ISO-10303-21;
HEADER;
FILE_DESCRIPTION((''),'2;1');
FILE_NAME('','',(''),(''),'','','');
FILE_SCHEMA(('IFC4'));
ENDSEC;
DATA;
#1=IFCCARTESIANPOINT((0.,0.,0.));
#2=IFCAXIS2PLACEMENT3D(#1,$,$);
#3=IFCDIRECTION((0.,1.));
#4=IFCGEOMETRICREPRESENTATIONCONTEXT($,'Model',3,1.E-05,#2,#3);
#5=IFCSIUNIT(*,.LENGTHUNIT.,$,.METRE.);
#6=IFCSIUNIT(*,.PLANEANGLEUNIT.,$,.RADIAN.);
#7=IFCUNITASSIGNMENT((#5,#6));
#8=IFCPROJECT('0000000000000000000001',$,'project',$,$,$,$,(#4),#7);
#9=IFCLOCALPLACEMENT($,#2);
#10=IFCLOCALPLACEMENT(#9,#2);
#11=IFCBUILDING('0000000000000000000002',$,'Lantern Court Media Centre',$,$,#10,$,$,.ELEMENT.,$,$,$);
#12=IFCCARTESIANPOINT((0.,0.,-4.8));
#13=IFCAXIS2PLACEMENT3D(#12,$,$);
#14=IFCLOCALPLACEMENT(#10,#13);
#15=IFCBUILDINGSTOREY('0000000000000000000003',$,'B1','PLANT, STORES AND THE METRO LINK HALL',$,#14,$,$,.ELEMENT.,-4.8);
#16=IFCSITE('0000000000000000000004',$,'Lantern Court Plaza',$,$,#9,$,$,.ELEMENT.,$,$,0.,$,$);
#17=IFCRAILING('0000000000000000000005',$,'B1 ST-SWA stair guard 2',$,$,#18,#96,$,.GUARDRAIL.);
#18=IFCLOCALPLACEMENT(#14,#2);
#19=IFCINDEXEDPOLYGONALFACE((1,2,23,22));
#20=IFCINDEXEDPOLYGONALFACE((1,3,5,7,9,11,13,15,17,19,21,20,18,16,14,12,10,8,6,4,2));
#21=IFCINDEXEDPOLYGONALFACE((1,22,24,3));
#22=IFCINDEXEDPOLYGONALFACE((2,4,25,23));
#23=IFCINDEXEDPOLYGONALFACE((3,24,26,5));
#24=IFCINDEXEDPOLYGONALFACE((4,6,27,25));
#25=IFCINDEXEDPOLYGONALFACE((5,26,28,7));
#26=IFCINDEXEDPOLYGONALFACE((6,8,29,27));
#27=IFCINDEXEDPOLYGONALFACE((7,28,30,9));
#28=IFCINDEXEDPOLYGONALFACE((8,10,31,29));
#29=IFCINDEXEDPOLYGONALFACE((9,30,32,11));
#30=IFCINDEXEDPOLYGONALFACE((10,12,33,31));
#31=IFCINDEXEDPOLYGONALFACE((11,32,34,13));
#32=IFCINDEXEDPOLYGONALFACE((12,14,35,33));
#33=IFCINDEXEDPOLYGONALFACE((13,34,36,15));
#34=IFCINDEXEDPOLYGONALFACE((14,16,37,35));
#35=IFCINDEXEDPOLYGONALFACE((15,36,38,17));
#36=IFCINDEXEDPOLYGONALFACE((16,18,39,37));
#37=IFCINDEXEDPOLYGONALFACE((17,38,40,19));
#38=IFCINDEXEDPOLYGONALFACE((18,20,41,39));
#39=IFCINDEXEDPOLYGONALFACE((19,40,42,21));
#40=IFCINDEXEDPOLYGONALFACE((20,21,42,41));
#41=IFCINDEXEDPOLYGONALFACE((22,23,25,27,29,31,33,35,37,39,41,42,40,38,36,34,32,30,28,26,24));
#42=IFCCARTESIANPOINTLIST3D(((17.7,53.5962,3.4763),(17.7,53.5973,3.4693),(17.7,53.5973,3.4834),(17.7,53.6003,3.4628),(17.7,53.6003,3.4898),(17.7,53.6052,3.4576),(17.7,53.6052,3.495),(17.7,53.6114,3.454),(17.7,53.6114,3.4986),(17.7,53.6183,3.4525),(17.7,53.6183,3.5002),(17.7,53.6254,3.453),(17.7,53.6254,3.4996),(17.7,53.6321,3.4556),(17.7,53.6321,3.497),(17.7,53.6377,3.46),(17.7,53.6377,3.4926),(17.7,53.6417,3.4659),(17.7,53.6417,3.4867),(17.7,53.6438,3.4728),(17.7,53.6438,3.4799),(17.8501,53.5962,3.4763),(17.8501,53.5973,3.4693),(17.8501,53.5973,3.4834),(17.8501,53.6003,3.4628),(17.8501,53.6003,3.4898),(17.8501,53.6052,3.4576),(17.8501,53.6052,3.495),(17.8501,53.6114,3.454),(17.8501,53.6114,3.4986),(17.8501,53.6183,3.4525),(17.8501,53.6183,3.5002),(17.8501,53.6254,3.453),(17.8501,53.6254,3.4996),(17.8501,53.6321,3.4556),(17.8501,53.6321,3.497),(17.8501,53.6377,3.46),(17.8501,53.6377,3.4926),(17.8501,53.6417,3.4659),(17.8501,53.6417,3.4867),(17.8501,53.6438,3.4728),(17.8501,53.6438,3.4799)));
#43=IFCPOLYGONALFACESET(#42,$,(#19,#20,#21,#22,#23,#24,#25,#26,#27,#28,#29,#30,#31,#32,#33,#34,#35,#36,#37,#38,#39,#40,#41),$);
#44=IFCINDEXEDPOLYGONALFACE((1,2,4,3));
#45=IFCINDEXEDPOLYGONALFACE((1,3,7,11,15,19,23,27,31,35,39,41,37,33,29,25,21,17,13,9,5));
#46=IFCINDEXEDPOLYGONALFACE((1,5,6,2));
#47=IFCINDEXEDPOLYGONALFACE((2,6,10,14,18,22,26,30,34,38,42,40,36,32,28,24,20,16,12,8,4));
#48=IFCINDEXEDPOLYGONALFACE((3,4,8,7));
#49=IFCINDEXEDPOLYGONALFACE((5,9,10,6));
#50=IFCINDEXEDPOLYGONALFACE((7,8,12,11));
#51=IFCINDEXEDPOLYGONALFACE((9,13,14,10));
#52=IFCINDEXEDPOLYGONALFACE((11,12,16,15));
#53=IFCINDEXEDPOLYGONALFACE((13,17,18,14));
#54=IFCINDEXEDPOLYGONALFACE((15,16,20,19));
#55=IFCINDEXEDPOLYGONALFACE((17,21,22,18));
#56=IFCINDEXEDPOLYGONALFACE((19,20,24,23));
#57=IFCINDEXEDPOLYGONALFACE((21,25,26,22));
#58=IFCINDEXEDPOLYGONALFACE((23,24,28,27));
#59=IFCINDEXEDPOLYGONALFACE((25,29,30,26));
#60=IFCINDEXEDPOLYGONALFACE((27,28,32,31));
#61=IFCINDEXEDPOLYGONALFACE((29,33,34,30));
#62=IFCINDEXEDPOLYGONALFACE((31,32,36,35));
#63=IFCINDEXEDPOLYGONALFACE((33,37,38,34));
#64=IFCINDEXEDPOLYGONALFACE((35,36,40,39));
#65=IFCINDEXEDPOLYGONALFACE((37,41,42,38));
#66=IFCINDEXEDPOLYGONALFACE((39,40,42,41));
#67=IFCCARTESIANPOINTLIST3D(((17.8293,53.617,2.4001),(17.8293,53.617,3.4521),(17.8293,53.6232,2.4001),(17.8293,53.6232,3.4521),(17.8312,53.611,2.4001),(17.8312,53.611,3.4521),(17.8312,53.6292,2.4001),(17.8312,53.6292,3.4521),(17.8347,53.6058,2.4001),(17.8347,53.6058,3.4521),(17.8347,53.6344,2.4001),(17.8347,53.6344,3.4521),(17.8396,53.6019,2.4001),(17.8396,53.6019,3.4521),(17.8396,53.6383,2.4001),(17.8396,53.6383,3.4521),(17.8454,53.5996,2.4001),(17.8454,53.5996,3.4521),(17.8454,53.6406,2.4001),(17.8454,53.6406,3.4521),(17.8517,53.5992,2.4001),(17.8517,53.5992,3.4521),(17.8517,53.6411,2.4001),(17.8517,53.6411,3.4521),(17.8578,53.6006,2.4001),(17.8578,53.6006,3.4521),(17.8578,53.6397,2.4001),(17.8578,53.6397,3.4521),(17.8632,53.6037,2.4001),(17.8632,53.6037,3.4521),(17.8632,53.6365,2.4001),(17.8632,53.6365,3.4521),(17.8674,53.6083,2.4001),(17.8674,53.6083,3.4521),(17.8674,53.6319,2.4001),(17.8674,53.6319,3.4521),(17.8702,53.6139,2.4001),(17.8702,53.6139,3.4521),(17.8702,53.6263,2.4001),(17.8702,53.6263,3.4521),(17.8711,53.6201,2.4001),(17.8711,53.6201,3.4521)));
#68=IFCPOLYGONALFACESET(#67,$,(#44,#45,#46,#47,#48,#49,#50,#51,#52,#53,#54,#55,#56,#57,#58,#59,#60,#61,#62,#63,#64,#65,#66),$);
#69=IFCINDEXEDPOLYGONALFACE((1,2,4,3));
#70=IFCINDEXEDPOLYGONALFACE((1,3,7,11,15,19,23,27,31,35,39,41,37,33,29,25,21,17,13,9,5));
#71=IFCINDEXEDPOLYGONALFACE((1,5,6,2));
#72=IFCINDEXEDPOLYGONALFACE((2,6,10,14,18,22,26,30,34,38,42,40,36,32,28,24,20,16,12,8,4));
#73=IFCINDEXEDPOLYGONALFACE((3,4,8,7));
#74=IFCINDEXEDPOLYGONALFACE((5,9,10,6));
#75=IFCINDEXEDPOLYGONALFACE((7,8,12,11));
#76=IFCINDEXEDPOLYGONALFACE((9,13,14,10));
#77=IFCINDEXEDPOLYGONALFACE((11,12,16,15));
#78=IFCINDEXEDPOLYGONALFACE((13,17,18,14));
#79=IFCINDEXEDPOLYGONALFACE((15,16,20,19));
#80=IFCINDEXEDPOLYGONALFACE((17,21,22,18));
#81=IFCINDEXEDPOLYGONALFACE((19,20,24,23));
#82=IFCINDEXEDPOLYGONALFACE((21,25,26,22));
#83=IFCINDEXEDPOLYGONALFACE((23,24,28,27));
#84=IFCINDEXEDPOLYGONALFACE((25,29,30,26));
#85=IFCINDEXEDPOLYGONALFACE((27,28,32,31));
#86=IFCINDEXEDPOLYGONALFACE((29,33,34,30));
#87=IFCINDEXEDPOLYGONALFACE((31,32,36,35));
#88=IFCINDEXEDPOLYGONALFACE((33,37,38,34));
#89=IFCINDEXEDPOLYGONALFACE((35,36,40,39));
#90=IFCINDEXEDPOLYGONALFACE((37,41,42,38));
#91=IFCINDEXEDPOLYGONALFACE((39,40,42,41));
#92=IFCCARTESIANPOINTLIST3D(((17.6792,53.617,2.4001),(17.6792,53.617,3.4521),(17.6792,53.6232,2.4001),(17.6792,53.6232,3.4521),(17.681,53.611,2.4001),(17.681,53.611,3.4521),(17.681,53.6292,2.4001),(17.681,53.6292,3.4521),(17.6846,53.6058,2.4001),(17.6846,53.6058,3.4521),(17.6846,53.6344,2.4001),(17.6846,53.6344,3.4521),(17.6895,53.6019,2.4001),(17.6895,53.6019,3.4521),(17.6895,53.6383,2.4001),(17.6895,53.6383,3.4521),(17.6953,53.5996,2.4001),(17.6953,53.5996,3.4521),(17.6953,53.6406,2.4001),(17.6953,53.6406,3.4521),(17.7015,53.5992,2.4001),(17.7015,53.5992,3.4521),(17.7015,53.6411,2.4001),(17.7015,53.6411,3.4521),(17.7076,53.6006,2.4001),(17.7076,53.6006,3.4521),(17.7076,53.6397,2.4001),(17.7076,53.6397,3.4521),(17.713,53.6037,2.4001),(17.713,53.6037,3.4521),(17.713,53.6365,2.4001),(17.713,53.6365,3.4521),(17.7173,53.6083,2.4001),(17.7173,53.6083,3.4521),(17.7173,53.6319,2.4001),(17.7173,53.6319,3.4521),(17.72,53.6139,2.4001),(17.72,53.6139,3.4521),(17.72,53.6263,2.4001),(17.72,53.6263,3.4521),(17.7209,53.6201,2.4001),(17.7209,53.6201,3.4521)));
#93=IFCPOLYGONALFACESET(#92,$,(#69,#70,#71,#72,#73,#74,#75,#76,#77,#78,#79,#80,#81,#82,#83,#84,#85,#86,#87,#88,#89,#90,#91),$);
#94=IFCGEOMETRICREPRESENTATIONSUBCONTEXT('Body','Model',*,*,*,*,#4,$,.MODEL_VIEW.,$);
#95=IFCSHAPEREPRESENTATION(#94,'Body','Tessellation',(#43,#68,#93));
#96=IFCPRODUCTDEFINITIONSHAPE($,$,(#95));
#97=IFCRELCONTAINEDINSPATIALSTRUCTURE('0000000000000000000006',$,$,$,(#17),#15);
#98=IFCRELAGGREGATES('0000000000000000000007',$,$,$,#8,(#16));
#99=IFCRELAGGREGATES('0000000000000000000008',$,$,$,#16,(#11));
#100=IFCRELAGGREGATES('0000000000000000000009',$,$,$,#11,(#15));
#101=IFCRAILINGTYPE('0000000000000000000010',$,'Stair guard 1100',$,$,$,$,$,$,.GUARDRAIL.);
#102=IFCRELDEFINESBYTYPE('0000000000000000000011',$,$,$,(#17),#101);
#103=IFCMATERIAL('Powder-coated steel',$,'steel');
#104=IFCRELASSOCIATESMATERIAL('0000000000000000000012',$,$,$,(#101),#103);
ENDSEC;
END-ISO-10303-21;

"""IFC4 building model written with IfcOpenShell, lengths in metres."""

from ifc_helpers import new_model, si_unit, direction, frame, origin, origin_2d, place, context, subcontext, project, spatial, circle, extrude, material, type_object, element, save


model = new_model("IFC4")

# Units and contexts
model_context = context("Model", 3, precision=1e-05, world=origin(), true_north=direction((0.0, 1.0)))
body_context = subcontext(model_context, "Body", "Model", "MODEL_VIEW")
ifc_project = project(units=[si_unit("LENGTHUNIT", "METRE"), si_unit("PLANEANGLEUNIT", "RADIAN")], contexts=[model_context])

# Site, building, storey
site_placement = place(None, origin())
site = spatial("IfcSite", under=ifc_project, at=site_placement, Name="Lantern Court Plaza", CompositionType="ELEMENT", RefElevation=0.0)
building_placement = place(site_placement, origin())
building = spatial("IfcBuilding", under=site, at=building_placement, Name="Lantern Court Media Centre", CompositionType="ELEMENT")
storey_placement = place(building_placement, frame((0.0, 0.0, -4.8)))
storey = spatial("IfcBuildingStorey", under=building, at=storey_placement, Name="B1", Description="PLANT, STORES AND THE METRO LINK HALL", CompositionType="ELEMENT", Elevation=-4.8)

# Railing
ifc_material_1 = material(Name="Powder-coated steel", Category="steel")
railing_type_1 = type_object("IfcRailingType", Name="Stair guard 1100", PredefinedType="GUARDRAIL", material=ifc_material_1)
railing_1_placement = place(storey_placement, frame((17.8501, 53.6201, 2.4001)))
element("IfcRailing", 1, at=railing_1_placement, inside=storey, type_object=railing_type_1, Name="B1 ST-SWA stair guard 2", PredefinedType="GUARDRAIL", context=body_context, shape_type="SweptSolid", body=[
    extrude(circle(Radius=0.0239, at=origin_2d()), frame((0.0, 0.0, 1.0762), z_axis=(-1.0, 0.0, 0.0), x_axis=(0.0, -1.0, 0.0)), (0.0, 0.0, 1.0), 0.1501),
    extrude(circle(Radius=0.021, at=origin_2d()), origin(), (0.0, 0.0, 1.0), 1.052),
    extrude(circle(Radius=0.021, at=origin_2d()), frame((-0.1501, 0.0, 0.0)), (0.0, 0.0, 1.0), 1.052),
])

save(model, "model.ifc")
